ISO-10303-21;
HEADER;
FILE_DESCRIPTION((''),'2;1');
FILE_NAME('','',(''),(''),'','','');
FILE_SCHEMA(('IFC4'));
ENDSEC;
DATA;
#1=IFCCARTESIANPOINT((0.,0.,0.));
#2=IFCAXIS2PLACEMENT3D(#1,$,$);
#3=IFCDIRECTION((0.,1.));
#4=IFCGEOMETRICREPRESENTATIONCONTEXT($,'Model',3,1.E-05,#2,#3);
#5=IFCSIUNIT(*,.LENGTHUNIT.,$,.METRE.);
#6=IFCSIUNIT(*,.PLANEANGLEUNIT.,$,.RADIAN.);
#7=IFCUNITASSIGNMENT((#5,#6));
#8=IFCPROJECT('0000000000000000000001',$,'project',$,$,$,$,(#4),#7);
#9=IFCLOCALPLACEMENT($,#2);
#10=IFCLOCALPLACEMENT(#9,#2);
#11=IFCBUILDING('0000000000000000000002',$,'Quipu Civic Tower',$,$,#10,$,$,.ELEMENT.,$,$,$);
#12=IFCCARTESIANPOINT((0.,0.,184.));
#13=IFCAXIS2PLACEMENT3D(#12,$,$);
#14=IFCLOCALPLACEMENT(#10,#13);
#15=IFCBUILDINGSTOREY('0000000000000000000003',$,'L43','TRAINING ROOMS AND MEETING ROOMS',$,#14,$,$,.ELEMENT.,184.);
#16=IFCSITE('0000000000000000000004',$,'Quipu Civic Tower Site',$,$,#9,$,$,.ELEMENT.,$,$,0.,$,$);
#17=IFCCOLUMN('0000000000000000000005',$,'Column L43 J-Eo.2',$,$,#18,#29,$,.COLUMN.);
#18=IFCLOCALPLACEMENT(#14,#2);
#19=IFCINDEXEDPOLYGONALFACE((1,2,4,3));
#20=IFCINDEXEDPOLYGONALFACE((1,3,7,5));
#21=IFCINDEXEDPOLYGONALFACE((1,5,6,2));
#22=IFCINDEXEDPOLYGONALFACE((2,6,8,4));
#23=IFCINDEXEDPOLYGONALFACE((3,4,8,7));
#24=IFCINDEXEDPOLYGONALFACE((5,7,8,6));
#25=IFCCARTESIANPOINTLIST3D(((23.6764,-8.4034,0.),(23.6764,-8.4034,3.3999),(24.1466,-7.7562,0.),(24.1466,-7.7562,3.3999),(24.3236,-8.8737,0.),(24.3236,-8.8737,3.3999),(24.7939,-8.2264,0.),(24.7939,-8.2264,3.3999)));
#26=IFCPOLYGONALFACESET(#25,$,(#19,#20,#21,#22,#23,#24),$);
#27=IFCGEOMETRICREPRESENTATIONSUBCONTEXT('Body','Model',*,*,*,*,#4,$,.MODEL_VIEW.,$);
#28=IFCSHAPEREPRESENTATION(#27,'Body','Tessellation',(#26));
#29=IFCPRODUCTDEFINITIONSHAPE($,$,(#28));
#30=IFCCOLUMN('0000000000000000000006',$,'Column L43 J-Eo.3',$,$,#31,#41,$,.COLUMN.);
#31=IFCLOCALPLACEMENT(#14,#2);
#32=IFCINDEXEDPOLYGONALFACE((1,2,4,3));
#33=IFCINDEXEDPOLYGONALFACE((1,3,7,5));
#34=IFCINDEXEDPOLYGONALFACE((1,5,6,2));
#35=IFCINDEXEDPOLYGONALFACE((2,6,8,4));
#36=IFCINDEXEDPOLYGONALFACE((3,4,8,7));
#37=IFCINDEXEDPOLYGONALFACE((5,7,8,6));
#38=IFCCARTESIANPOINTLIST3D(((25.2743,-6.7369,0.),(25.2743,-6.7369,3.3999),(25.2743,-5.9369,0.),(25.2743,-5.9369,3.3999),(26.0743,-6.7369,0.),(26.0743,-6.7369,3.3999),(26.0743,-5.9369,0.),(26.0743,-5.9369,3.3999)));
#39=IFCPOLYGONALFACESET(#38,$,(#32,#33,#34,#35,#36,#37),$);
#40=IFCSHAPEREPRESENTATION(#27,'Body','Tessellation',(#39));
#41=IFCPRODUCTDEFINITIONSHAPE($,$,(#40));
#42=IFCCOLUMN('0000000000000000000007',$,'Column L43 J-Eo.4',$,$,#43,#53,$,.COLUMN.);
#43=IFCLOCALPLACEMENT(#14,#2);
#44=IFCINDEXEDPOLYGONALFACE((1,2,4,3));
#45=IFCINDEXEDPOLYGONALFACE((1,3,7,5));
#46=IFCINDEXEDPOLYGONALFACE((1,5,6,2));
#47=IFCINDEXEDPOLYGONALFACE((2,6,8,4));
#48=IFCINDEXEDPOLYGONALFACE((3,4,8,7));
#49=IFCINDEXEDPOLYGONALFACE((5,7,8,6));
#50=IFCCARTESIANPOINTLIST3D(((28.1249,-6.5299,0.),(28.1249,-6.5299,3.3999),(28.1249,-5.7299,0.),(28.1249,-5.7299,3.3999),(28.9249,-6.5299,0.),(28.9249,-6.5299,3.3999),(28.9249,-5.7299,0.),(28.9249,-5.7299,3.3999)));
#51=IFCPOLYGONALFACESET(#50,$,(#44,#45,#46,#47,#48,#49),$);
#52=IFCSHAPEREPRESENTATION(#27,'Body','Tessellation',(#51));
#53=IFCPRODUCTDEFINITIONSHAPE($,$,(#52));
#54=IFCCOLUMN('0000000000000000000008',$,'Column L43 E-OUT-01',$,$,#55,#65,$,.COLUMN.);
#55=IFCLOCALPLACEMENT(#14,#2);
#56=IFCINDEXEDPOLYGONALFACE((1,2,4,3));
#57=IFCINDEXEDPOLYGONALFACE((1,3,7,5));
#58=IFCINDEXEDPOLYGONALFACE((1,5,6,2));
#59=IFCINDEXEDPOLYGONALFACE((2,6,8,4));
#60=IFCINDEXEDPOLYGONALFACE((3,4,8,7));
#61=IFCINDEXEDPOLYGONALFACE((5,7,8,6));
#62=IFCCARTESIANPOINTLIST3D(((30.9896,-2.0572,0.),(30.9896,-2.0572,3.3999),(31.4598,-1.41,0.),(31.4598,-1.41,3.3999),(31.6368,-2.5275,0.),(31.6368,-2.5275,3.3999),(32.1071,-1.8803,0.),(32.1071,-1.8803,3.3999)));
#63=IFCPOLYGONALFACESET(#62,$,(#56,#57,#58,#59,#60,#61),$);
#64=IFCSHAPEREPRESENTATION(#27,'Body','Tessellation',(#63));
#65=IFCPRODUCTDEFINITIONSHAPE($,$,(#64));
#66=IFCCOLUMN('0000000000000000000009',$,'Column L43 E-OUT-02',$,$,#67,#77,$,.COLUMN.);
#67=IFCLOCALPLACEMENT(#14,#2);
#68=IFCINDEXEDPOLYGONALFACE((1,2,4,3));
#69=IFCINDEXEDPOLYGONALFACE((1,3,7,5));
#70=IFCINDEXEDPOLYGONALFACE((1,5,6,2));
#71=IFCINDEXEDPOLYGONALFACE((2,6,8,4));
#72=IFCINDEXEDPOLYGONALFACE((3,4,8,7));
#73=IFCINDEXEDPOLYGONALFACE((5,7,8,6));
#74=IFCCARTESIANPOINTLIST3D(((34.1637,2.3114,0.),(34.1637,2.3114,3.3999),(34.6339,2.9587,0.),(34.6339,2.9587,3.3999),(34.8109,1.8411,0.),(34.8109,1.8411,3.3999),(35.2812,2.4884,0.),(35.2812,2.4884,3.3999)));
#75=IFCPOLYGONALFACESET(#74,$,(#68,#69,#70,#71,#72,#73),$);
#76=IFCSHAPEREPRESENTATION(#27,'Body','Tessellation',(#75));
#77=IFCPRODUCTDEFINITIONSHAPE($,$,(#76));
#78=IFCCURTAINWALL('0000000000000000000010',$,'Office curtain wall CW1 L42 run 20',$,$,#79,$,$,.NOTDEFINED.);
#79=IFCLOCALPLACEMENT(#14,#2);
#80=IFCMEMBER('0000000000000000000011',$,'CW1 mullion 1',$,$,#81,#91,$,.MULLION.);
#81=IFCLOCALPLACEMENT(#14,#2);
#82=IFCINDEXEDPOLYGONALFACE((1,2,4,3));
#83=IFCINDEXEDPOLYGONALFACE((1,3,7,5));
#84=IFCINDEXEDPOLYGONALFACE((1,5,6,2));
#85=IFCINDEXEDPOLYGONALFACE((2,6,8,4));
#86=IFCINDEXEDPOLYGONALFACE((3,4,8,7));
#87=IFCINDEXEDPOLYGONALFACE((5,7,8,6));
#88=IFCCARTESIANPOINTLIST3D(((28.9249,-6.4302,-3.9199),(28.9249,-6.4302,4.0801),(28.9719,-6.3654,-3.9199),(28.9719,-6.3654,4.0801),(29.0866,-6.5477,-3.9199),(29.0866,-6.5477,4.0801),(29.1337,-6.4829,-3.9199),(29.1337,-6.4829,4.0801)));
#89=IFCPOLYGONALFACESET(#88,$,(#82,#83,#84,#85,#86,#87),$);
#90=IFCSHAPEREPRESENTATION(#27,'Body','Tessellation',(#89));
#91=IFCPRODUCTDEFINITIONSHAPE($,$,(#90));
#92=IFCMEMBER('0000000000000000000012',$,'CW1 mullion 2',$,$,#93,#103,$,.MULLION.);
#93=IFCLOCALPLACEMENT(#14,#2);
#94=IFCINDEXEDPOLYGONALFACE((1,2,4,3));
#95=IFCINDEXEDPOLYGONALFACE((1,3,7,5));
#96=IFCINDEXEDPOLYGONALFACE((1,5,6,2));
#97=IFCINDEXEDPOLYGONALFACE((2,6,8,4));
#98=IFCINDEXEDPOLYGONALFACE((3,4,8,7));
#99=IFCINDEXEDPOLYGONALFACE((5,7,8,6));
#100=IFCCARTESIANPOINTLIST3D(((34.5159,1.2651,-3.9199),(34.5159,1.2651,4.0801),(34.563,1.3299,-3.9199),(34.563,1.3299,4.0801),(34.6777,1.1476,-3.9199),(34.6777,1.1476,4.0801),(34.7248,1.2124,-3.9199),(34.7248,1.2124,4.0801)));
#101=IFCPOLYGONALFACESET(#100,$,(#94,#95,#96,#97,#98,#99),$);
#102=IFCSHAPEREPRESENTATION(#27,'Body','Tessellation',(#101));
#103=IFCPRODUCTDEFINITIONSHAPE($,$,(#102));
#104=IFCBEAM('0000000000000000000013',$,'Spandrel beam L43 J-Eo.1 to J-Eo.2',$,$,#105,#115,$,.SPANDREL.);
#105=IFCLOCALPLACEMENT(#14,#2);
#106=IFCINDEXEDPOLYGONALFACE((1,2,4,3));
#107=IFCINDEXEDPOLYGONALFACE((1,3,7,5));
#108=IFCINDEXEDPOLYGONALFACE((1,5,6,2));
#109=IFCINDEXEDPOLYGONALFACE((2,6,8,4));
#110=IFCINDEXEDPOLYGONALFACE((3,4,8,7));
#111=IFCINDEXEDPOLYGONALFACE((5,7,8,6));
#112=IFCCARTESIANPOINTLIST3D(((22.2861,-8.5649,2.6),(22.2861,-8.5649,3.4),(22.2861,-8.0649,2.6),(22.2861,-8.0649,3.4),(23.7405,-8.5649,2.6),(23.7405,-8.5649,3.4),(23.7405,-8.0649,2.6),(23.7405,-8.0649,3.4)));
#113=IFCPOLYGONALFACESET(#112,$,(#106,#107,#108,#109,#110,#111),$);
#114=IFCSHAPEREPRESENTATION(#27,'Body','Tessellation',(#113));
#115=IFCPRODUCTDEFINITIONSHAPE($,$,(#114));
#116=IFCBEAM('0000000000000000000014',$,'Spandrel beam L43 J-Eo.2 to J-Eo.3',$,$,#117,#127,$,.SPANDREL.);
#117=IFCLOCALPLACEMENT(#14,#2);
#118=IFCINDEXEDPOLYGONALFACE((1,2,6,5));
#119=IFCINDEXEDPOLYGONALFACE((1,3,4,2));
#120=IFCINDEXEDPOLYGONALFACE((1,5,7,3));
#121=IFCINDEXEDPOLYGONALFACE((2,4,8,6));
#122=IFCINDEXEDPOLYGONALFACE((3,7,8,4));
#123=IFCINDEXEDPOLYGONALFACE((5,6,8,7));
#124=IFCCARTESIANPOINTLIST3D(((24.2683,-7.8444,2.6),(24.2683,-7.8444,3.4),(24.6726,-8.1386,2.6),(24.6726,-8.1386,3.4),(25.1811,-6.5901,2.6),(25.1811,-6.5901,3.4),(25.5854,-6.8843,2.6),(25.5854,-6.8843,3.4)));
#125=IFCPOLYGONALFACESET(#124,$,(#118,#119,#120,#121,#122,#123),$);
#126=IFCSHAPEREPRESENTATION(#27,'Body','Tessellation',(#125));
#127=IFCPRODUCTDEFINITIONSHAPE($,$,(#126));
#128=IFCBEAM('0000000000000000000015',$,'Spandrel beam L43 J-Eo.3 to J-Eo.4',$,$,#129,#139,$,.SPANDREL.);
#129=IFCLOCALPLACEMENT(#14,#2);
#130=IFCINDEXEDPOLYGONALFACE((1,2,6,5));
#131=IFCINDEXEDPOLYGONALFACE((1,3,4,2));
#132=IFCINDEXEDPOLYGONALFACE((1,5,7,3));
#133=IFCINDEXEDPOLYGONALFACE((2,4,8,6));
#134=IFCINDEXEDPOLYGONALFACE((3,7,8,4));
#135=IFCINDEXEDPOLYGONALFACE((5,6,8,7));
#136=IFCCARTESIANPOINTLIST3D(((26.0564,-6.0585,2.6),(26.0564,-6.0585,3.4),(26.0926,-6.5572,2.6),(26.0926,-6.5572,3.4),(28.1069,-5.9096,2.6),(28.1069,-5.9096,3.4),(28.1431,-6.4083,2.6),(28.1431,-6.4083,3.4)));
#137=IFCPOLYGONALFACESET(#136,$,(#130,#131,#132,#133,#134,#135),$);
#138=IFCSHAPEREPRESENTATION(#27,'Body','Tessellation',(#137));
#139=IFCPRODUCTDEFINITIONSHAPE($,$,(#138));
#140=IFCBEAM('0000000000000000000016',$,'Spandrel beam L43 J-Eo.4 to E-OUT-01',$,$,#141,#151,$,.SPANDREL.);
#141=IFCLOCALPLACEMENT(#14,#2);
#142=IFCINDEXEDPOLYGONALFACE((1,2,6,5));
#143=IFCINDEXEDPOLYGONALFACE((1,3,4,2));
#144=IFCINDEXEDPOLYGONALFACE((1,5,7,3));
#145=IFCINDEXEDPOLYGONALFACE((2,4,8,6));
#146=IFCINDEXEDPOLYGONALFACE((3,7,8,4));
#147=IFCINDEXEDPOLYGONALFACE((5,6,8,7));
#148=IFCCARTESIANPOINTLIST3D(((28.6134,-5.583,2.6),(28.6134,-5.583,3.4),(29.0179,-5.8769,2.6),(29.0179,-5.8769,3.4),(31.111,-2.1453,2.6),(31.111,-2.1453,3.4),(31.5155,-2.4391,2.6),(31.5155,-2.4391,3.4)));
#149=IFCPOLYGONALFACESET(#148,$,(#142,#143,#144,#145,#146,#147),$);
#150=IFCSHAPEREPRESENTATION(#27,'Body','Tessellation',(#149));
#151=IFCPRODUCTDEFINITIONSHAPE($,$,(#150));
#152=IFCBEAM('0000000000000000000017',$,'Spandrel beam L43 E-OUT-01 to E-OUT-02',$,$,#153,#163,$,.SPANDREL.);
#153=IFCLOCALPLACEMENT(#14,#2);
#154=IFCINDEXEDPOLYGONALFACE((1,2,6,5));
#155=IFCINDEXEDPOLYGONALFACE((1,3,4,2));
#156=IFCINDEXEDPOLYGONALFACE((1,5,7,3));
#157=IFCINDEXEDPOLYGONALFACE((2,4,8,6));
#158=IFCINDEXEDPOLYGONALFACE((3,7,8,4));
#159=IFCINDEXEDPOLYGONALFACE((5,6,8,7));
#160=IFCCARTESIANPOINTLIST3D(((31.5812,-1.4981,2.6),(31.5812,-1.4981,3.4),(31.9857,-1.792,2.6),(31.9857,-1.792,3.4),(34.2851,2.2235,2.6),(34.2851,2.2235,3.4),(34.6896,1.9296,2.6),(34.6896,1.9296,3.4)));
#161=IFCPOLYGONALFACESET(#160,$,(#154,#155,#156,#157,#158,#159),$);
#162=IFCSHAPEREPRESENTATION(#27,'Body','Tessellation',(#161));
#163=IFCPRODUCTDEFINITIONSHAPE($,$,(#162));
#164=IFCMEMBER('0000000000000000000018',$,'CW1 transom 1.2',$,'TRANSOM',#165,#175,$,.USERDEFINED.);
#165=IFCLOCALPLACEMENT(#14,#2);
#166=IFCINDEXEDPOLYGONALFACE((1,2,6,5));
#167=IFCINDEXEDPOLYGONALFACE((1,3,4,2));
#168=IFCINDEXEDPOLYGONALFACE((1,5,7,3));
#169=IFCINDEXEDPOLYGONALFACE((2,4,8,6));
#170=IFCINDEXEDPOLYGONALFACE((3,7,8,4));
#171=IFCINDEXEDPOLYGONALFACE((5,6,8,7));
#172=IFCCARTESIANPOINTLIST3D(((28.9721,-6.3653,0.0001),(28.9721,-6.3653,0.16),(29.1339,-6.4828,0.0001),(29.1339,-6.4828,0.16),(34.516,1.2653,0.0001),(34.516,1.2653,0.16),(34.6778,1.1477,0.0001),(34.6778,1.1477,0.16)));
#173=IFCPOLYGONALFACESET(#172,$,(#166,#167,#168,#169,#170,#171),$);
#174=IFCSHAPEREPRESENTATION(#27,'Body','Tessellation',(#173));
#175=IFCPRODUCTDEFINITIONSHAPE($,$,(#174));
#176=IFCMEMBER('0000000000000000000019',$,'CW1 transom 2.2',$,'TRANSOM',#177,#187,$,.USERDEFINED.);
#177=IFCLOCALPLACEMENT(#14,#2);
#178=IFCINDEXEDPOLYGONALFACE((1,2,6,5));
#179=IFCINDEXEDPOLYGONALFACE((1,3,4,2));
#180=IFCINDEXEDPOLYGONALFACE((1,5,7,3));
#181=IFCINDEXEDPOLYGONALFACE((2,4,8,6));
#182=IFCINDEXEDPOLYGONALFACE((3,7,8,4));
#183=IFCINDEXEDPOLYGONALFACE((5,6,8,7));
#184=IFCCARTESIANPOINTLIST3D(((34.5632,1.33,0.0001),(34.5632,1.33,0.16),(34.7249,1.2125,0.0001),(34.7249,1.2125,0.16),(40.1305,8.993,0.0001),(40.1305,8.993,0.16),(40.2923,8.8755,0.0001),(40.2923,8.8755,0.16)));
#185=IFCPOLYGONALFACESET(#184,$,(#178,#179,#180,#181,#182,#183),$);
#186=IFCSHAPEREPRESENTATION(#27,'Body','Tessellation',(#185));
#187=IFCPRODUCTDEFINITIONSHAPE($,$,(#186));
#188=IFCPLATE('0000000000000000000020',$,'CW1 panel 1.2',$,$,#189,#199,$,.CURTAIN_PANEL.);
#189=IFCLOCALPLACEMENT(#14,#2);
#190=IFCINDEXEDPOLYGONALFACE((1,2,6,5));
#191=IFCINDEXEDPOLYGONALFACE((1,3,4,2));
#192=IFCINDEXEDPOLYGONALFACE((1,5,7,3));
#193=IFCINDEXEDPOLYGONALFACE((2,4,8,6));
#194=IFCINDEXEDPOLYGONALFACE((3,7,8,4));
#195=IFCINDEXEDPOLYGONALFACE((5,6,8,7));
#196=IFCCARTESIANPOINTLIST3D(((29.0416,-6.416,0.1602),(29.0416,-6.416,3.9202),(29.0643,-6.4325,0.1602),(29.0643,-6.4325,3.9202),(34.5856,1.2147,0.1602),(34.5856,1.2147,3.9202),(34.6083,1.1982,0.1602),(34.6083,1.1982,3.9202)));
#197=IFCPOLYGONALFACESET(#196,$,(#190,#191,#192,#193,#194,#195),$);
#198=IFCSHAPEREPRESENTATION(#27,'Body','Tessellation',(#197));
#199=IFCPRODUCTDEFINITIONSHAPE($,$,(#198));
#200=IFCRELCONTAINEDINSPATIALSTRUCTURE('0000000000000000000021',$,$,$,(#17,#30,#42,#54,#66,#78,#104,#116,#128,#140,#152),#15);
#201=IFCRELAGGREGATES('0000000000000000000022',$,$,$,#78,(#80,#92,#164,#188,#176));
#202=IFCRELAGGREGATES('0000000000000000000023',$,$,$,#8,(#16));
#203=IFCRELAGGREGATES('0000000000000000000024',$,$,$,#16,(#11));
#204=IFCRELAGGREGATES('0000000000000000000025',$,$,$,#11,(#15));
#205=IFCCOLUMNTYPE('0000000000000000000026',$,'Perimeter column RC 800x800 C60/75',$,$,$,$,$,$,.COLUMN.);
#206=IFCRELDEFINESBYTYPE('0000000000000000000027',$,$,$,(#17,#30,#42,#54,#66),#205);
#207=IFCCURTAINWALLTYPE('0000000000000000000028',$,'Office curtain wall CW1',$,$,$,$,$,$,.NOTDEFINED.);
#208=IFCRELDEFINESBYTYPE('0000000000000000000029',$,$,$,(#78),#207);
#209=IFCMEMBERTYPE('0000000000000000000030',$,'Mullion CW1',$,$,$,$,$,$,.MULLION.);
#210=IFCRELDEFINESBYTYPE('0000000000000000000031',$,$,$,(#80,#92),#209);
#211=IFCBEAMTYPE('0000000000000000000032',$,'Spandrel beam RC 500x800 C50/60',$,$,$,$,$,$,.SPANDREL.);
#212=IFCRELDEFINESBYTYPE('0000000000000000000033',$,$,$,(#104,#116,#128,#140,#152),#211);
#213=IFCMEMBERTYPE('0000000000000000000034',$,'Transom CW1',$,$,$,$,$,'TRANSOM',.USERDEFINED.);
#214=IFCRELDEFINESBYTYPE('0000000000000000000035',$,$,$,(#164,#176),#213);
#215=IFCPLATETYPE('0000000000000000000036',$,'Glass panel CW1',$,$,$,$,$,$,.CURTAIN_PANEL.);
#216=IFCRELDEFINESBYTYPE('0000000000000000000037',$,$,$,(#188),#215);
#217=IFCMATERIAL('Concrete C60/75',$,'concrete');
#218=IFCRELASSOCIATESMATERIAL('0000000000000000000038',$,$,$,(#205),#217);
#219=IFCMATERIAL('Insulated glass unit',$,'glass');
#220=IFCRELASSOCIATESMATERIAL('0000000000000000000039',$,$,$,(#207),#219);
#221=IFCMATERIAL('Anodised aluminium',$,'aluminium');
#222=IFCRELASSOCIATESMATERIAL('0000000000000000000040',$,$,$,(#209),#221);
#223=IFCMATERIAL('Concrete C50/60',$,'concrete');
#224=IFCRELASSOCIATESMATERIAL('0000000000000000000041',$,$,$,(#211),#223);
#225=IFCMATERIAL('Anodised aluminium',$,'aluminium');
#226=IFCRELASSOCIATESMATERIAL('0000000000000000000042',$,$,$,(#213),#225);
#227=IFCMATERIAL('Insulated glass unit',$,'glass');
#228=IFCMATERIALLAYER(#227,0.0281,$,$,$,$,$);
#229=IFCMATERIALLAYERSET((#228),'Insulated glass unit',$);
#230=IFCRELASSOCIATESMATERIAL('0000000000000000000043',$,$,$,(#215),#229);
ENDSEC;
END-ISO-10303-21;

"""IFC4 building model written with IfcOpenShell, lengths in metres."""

from ifc_helpers import new_model, si_unit, direction, frame, origin, origin_2d, place, context, subcontext, project, spatial, rectangle, extrude, material, layer, layer_set, material_profile, profile_set, type_object, element, aggregate, save


model = new_model("IFC4")

# Units and contexts
model_context = context("Model", 3, precision=1e-05, world=origin(), true_north=direction((0.0, 1.0)))
body_context = subcontext(model_context, "Body", "Model", "MODEL_VIEW")
ifc_project = project(units=[si_unit("LENGTHUNIT", "METRE"), si_unit("PLANEANGLEUNIT", "RADIAN")], contexts=[model_context])

# Site, building, storey
site_placement = place(None, origin())
site = spatial("IfcSite", under=ifc_project, at=site_placement, Name="Quipu Civic Tower Site", CompositionType="ELEMENT", RefElevation=0.0)
building_placement = place(site_placement, origin())
building = spatial("IfcBuilding", under=site, at=building_placement, Name="Quipu Civic Tower", CompositionType="ELEMENT")
storey_placement = place(building_placement, frame((0.0, 0.0, 184.0)))
storey = spatial("IfcBuildingStorey", under=building, at=storey_placement, Name="L43", Description="TRAINING ROOMS AND MEETING ROOMS", CompositionType="ELEMENT", Elevation=184.0)

# Columns
ifc_material_1 = material(Name="Concrete C60/75", Category="concrete")
ifc_material_profile_1 = material_profile(ifc_material_1, rectangle(XDim=0.8, YDim=0.8, at=origin_2d()), Name="RC800x800")
ifc_profile_set_1 = profile_set([ifc_material_profile_1], Name="Concrete C60/75")
column_type = type_object("IfcColumnType", Name="Perimeter column RC 800x800 C60/75", PredefinedType="COLUMN", material=ifc_profile_set_1)
for number, where, z_axis, x_axis, name in (
    (1, (24.2351, -8.3149, 0.0), (0.0, 0.0, 1.0), (0.587785, 0.809017, 0.0), "Column L43 J-Eo.2"),
    (2, (25.6743, -6.3369, 0.0), (0.0, 0.0, 1.0), (1.0, 0.0, 0.0), "Column L43 J-Eo.3"),
    (3, (28.5249, -6.1299, 0.0), (0.0, 0.0, 1.0), (1.0, 0.0, 0.0), "Column L43 J-Eo.4"),
    (4, (31.5483, -1.9688, 0.0), (0.0, 0.0, 1.0), (0.587785, 0.809017, 0.0), "Column L43 E-OUT-01"),
    (5, (34.7224, 2.3999, 0.0), (0.0, 0.0, 1.0), (0.587785, 0.809017, 0.0), "Column L43 E-OUT-02"),
):
    element("IfcColumn", number, at=place(storey_placement, frame(where, z_axis=z_axis, x_axis=x_axis)), inside=storey, type_object=column_type, Name=name, PredefinedType="COLUMN", context=body_context, shape_type="SweptSolid", body=[
        extrude(rectangle(XDim=0.8, YDim=0.8, at=origin_2d()), origin(), (0.0, 0.0, 1.0), 3.3999),
    ])

# Curtain wall, members
ifc_material_2 = material(Name="Insulated glass unit", Category="glass")
curtain_wall_type = type_object("IfcCurtainWallType", Name="Office curtain wall CW1", PredefinedType="NOTDEFINED", material=ifc_material_2)
curtain_wall_placement = place(storey_placement, origin())
curtain_wall = element("IfcCurtainWall", 6, at=curtain_wall_placement, inside=storey, type_object=curtain_wall_type, Name="Office curtain wall CW1 L42 run 20", PredefinedType="NOTDEFINED")
ifc_material_3 = material(Name="Anodised aluminium", Category="aluminium")
ifc_material_profile_2 = material_profile(ifc_material_3, rectangle(XDim=0.2, YDim=0.0801, at=origin_2d()), Name="RECT 200x80")
ifc_profile_set_2 = profile_set([ifc_material_profile_2], Name="Anodised aluminium")
member_type_1 = type_object("IfcMemberType", Name="Mullion CW1", PredefinedType="MULLION", material=ifc_profile_set_2)
member_1_placement = place(storey_placement, frame((29.0293, -6.4565, -3.9199), z_axis=(0.0, 0.0, 1.0), x_axis=(-0.809017, 0.587786, 0.0)))
member_1 = element("IfcMember", 7, at=member_1_placement, type_object=member_type_1, Name="CW1 mullion 1", PredefinedType="MULLION", context=body_context, shape_type="SweptSolid", body=[
    extrude(rectangle(XDim=0.2, YDim=0.0801, at=origin_2d()), origin(), (0.0, 0.0, 1.0), 8.0),
])
member_2_placement = place(storey_placement, frame((34.6204, 1.2388, -3.9199), z_axis=(0.0, 0.0, 1.0), x_axis=(-0.809017, 0.587786, 0.0)))
member_2 = element("IfcMember", 8, at=member_2_placement, type_object=member_type_1, Name="CW1 mullion 2", PredefinedType="MULLION", context=body_context, shape_type="SweptSolid", body=[
    extrude(rectangle(XDim=0.2, YDim=0.0801, at=origin_2d()), origin(), (0.0, 0.0, 1.0), 8.0),
])

# Beams
ifc_material_4 = material(Name="Concrete C50/60", Category="concrete")
ifc_material_profile_3 = material_profile(ifc_material_4, rectangle(XDim=0.5, YDim=0.8, at=origin_2d()), Name="RC500x800")
ifc_profile_set_3 = profile_set([ifc_material_profile_3], Name="Concrete C50/60")
beam_type = type_object("IfcBeamType", Name="Spandrel beam RC 500x800 C50/60", PredefinedType="SPANDREL", material=ifc_profile_set_3)
beam_1_placement = place(storey_placement, frame((22.2861, -8.3149, 3.0), z_axis=(1.0, 0.0, 0.0), x_axis=(0.0, 1.0, 0.0)))
element("IfcBeam", 9, at=beam_1_placement, inside=storey, type_object=beam_type, Name="Spandrel beam L43 J-Eo.1 to J-Eo.2", PredefinedType="SPANDREL", context=body_context, shape_type="SweptSolid", body=[
    extrude(rectangle(XDim=0.5, YDim=0.8, at=origin_2d()), origin(), (0.0, 0.0, 1.0), 1.4543),
])
beam_2_placement = place(storey_placement, frame((24.4705, -7.9915, 3.0), z_axis=(0.588406, 0.808566, 0.0), x_axis=(-0.808566, 0.588406, 0.0)))
element("IfcBeam", 10, at=beam_2_placement, inside=storey, type_object=beam_type, Name="Spandrel beam L43 J-Eo.2 to J-Eo.3", PredefinedType="SPANDREL", context=body_context, shape_type="SweptSolid", body=[
    extrude(rectangle(XDim=0.5, YDim=0.8, at=origin_2d()), origin(), (0.0, 0.0, 1.0), 1.5513),
])
beam_3_placement = place(storey_placement, frame((26.0745, -6.3079, 3.0), z_axis=(0.997373, 0.072437, 0.0), x_axis=(-0.072437, 0.997373, 0.0)))
element("IfcBeam", 11, at=beam_3_placement, inside=storey, type_object=beam_type, Name="Spandrel beam L43 J-Eo.3 to J-Eo.4", PredefinedType="SPANDREL", context=body_context, shape_type="SweptSolid", body=[
    extrude(rectangle(XDim=0.5, YDim=0.8, at=origin_2d()), origin(), (0.0, 0.0, 1.0), 2.0559),
])
beam_4_placement = place(storey_placement, frame((28.8157, -5.73, 3.0), z_axis=(0.587769, 0.809029, 0.0), x_axis=(-0.809029, 0.587769, 0.0)))
element("IfcBeam", 12, at=beam_4_placement, inside=storey, type_object=beam_type, Name="Spandrel beam L43 J-Eo.4 to E-OUT-01", PredefinedType="SPANDREL", context=body_context, shape_type="SweptSolid", body=[
    extrude(rectangle(XDim=0.5, YDim=0.8, at=origin_2d()), origin(), (0.0, 0.0, 1.0), 4.2493),
])
beam_5_placement = place(storey_placement, frame((31.7834, -1.645, 3.0), z_axis=(0.587796, 0.809009, 0.0), x_axis=(-0.809009, 0.587796, 0.0)))
element("IfcBeam", 13, at=beam_5_placement, inside=storey, type_object=beam_type, Name="Spandrel beam L43 E-OUT-01 to E-OUT-02", PredefinedType="SPANDREL", context=body_context, shape_type="SweptSolid", body=[
    extrude(rectangle(XDim=0.5, YDim=0.8, at=origin_2d()), origin(), (0.0, 0.0, 1.0), 4.6001),
])

# Members
ifc_material_5 = material(Name="Anodised aluminium", Category="aluminium")
ifc_material_profile_4 = material_profile(ifc_material_5, rectangle(XDim=0.2, YDim=0.1599, at=origin_2d()), Name="RECT 200x160")
ifc_profile_set_4 = profile_set([ifc_material_profile_4], Name="Anodised aluminium")
member_type_2 = type_object("IfcMemberType", Name="Transom CW1", ElementType="TRANSOM", PredefinedType="USERDEFINED", material=ifc_profile_set_4)
member_3_placement = place(storey_placement, frame((29.053, -6.4241, 0.0801), z_axis=(0.587784, 0.809018, 0.0), x_axis=(-0.809018, 0.587784, 0.0)))
member_3 = element("IfcMember", 14, at=member_3_placement, type_object=member_type_2, Name="CW1 transom 1.2", ObjectType="TRANSOM", PredefinedType="USERDEFINED", context=body_context, shape_type="SweptSolid", body=[
    extrude(rectangle(XDim=0.2, YDim=0.1599, at=origin_2d()), origin(), (0.0, 0.0, 1.0), 9.4319),
])
member_4_placement = place(storey_placement, frame((34.644, 1.2712, 0.0801), z_axis=(0.587773, 0.809026, 0.0), x_axis=(-0.809026, 0.587773, 0.0)))
member_4 = element("IfcMember", 15, at=member_4_placement, type_object=member_type_2, Name="CW1 transom 2.2", ObjectType="TRANSOM", PredefinedType="USERDEFINED", context=body_context, shape_type="SweptSolid", body=[
    extrude(rectangle(XDim=0.2, YDim=0.1599, at=origin_2d()), origin(), (0.0, 0.0, 1.0), 9.4719),
])

# Plate
ifc_material_6 = material(Name="Insulated glass unit", Category="glass")
ifc_layer = layer(ifc_material_6, 0.0281)
ifc_layer_set = layer_set([ifc_layer], Name="Insulated glass unit")
plate_type_1 = type_object("IfcPlateType", Name="Glass panel CW1", PredefinedType="CURTAIN_PANEL", material=ifc_layer_set)
plate_placement = place(storey_placement, frame((31.825, -2.6089, 0.1602), z_axis=(0.0, 0.0, 1.0), x_axis=(0.587786, 0.809017, 0.0)))
plate = element("IfcPlate", 16, at=plate_placement, type_object=plate_type_1, Name="CW1 panel 1.2", PredefinedType="CURTAIN_PANEL", context=body_context, shape_type="SweptSolid", body=[
    extrude(rectangle(XDim=9.4321, YDim=0.0281, at=origin_2d()), origin(), (0.0, 0.0, 1.0), 3.76),
])
aggregate(curtain_wall, [member_1, member_2, member_3, plate, member_4])

save(model, "model.ifc")
